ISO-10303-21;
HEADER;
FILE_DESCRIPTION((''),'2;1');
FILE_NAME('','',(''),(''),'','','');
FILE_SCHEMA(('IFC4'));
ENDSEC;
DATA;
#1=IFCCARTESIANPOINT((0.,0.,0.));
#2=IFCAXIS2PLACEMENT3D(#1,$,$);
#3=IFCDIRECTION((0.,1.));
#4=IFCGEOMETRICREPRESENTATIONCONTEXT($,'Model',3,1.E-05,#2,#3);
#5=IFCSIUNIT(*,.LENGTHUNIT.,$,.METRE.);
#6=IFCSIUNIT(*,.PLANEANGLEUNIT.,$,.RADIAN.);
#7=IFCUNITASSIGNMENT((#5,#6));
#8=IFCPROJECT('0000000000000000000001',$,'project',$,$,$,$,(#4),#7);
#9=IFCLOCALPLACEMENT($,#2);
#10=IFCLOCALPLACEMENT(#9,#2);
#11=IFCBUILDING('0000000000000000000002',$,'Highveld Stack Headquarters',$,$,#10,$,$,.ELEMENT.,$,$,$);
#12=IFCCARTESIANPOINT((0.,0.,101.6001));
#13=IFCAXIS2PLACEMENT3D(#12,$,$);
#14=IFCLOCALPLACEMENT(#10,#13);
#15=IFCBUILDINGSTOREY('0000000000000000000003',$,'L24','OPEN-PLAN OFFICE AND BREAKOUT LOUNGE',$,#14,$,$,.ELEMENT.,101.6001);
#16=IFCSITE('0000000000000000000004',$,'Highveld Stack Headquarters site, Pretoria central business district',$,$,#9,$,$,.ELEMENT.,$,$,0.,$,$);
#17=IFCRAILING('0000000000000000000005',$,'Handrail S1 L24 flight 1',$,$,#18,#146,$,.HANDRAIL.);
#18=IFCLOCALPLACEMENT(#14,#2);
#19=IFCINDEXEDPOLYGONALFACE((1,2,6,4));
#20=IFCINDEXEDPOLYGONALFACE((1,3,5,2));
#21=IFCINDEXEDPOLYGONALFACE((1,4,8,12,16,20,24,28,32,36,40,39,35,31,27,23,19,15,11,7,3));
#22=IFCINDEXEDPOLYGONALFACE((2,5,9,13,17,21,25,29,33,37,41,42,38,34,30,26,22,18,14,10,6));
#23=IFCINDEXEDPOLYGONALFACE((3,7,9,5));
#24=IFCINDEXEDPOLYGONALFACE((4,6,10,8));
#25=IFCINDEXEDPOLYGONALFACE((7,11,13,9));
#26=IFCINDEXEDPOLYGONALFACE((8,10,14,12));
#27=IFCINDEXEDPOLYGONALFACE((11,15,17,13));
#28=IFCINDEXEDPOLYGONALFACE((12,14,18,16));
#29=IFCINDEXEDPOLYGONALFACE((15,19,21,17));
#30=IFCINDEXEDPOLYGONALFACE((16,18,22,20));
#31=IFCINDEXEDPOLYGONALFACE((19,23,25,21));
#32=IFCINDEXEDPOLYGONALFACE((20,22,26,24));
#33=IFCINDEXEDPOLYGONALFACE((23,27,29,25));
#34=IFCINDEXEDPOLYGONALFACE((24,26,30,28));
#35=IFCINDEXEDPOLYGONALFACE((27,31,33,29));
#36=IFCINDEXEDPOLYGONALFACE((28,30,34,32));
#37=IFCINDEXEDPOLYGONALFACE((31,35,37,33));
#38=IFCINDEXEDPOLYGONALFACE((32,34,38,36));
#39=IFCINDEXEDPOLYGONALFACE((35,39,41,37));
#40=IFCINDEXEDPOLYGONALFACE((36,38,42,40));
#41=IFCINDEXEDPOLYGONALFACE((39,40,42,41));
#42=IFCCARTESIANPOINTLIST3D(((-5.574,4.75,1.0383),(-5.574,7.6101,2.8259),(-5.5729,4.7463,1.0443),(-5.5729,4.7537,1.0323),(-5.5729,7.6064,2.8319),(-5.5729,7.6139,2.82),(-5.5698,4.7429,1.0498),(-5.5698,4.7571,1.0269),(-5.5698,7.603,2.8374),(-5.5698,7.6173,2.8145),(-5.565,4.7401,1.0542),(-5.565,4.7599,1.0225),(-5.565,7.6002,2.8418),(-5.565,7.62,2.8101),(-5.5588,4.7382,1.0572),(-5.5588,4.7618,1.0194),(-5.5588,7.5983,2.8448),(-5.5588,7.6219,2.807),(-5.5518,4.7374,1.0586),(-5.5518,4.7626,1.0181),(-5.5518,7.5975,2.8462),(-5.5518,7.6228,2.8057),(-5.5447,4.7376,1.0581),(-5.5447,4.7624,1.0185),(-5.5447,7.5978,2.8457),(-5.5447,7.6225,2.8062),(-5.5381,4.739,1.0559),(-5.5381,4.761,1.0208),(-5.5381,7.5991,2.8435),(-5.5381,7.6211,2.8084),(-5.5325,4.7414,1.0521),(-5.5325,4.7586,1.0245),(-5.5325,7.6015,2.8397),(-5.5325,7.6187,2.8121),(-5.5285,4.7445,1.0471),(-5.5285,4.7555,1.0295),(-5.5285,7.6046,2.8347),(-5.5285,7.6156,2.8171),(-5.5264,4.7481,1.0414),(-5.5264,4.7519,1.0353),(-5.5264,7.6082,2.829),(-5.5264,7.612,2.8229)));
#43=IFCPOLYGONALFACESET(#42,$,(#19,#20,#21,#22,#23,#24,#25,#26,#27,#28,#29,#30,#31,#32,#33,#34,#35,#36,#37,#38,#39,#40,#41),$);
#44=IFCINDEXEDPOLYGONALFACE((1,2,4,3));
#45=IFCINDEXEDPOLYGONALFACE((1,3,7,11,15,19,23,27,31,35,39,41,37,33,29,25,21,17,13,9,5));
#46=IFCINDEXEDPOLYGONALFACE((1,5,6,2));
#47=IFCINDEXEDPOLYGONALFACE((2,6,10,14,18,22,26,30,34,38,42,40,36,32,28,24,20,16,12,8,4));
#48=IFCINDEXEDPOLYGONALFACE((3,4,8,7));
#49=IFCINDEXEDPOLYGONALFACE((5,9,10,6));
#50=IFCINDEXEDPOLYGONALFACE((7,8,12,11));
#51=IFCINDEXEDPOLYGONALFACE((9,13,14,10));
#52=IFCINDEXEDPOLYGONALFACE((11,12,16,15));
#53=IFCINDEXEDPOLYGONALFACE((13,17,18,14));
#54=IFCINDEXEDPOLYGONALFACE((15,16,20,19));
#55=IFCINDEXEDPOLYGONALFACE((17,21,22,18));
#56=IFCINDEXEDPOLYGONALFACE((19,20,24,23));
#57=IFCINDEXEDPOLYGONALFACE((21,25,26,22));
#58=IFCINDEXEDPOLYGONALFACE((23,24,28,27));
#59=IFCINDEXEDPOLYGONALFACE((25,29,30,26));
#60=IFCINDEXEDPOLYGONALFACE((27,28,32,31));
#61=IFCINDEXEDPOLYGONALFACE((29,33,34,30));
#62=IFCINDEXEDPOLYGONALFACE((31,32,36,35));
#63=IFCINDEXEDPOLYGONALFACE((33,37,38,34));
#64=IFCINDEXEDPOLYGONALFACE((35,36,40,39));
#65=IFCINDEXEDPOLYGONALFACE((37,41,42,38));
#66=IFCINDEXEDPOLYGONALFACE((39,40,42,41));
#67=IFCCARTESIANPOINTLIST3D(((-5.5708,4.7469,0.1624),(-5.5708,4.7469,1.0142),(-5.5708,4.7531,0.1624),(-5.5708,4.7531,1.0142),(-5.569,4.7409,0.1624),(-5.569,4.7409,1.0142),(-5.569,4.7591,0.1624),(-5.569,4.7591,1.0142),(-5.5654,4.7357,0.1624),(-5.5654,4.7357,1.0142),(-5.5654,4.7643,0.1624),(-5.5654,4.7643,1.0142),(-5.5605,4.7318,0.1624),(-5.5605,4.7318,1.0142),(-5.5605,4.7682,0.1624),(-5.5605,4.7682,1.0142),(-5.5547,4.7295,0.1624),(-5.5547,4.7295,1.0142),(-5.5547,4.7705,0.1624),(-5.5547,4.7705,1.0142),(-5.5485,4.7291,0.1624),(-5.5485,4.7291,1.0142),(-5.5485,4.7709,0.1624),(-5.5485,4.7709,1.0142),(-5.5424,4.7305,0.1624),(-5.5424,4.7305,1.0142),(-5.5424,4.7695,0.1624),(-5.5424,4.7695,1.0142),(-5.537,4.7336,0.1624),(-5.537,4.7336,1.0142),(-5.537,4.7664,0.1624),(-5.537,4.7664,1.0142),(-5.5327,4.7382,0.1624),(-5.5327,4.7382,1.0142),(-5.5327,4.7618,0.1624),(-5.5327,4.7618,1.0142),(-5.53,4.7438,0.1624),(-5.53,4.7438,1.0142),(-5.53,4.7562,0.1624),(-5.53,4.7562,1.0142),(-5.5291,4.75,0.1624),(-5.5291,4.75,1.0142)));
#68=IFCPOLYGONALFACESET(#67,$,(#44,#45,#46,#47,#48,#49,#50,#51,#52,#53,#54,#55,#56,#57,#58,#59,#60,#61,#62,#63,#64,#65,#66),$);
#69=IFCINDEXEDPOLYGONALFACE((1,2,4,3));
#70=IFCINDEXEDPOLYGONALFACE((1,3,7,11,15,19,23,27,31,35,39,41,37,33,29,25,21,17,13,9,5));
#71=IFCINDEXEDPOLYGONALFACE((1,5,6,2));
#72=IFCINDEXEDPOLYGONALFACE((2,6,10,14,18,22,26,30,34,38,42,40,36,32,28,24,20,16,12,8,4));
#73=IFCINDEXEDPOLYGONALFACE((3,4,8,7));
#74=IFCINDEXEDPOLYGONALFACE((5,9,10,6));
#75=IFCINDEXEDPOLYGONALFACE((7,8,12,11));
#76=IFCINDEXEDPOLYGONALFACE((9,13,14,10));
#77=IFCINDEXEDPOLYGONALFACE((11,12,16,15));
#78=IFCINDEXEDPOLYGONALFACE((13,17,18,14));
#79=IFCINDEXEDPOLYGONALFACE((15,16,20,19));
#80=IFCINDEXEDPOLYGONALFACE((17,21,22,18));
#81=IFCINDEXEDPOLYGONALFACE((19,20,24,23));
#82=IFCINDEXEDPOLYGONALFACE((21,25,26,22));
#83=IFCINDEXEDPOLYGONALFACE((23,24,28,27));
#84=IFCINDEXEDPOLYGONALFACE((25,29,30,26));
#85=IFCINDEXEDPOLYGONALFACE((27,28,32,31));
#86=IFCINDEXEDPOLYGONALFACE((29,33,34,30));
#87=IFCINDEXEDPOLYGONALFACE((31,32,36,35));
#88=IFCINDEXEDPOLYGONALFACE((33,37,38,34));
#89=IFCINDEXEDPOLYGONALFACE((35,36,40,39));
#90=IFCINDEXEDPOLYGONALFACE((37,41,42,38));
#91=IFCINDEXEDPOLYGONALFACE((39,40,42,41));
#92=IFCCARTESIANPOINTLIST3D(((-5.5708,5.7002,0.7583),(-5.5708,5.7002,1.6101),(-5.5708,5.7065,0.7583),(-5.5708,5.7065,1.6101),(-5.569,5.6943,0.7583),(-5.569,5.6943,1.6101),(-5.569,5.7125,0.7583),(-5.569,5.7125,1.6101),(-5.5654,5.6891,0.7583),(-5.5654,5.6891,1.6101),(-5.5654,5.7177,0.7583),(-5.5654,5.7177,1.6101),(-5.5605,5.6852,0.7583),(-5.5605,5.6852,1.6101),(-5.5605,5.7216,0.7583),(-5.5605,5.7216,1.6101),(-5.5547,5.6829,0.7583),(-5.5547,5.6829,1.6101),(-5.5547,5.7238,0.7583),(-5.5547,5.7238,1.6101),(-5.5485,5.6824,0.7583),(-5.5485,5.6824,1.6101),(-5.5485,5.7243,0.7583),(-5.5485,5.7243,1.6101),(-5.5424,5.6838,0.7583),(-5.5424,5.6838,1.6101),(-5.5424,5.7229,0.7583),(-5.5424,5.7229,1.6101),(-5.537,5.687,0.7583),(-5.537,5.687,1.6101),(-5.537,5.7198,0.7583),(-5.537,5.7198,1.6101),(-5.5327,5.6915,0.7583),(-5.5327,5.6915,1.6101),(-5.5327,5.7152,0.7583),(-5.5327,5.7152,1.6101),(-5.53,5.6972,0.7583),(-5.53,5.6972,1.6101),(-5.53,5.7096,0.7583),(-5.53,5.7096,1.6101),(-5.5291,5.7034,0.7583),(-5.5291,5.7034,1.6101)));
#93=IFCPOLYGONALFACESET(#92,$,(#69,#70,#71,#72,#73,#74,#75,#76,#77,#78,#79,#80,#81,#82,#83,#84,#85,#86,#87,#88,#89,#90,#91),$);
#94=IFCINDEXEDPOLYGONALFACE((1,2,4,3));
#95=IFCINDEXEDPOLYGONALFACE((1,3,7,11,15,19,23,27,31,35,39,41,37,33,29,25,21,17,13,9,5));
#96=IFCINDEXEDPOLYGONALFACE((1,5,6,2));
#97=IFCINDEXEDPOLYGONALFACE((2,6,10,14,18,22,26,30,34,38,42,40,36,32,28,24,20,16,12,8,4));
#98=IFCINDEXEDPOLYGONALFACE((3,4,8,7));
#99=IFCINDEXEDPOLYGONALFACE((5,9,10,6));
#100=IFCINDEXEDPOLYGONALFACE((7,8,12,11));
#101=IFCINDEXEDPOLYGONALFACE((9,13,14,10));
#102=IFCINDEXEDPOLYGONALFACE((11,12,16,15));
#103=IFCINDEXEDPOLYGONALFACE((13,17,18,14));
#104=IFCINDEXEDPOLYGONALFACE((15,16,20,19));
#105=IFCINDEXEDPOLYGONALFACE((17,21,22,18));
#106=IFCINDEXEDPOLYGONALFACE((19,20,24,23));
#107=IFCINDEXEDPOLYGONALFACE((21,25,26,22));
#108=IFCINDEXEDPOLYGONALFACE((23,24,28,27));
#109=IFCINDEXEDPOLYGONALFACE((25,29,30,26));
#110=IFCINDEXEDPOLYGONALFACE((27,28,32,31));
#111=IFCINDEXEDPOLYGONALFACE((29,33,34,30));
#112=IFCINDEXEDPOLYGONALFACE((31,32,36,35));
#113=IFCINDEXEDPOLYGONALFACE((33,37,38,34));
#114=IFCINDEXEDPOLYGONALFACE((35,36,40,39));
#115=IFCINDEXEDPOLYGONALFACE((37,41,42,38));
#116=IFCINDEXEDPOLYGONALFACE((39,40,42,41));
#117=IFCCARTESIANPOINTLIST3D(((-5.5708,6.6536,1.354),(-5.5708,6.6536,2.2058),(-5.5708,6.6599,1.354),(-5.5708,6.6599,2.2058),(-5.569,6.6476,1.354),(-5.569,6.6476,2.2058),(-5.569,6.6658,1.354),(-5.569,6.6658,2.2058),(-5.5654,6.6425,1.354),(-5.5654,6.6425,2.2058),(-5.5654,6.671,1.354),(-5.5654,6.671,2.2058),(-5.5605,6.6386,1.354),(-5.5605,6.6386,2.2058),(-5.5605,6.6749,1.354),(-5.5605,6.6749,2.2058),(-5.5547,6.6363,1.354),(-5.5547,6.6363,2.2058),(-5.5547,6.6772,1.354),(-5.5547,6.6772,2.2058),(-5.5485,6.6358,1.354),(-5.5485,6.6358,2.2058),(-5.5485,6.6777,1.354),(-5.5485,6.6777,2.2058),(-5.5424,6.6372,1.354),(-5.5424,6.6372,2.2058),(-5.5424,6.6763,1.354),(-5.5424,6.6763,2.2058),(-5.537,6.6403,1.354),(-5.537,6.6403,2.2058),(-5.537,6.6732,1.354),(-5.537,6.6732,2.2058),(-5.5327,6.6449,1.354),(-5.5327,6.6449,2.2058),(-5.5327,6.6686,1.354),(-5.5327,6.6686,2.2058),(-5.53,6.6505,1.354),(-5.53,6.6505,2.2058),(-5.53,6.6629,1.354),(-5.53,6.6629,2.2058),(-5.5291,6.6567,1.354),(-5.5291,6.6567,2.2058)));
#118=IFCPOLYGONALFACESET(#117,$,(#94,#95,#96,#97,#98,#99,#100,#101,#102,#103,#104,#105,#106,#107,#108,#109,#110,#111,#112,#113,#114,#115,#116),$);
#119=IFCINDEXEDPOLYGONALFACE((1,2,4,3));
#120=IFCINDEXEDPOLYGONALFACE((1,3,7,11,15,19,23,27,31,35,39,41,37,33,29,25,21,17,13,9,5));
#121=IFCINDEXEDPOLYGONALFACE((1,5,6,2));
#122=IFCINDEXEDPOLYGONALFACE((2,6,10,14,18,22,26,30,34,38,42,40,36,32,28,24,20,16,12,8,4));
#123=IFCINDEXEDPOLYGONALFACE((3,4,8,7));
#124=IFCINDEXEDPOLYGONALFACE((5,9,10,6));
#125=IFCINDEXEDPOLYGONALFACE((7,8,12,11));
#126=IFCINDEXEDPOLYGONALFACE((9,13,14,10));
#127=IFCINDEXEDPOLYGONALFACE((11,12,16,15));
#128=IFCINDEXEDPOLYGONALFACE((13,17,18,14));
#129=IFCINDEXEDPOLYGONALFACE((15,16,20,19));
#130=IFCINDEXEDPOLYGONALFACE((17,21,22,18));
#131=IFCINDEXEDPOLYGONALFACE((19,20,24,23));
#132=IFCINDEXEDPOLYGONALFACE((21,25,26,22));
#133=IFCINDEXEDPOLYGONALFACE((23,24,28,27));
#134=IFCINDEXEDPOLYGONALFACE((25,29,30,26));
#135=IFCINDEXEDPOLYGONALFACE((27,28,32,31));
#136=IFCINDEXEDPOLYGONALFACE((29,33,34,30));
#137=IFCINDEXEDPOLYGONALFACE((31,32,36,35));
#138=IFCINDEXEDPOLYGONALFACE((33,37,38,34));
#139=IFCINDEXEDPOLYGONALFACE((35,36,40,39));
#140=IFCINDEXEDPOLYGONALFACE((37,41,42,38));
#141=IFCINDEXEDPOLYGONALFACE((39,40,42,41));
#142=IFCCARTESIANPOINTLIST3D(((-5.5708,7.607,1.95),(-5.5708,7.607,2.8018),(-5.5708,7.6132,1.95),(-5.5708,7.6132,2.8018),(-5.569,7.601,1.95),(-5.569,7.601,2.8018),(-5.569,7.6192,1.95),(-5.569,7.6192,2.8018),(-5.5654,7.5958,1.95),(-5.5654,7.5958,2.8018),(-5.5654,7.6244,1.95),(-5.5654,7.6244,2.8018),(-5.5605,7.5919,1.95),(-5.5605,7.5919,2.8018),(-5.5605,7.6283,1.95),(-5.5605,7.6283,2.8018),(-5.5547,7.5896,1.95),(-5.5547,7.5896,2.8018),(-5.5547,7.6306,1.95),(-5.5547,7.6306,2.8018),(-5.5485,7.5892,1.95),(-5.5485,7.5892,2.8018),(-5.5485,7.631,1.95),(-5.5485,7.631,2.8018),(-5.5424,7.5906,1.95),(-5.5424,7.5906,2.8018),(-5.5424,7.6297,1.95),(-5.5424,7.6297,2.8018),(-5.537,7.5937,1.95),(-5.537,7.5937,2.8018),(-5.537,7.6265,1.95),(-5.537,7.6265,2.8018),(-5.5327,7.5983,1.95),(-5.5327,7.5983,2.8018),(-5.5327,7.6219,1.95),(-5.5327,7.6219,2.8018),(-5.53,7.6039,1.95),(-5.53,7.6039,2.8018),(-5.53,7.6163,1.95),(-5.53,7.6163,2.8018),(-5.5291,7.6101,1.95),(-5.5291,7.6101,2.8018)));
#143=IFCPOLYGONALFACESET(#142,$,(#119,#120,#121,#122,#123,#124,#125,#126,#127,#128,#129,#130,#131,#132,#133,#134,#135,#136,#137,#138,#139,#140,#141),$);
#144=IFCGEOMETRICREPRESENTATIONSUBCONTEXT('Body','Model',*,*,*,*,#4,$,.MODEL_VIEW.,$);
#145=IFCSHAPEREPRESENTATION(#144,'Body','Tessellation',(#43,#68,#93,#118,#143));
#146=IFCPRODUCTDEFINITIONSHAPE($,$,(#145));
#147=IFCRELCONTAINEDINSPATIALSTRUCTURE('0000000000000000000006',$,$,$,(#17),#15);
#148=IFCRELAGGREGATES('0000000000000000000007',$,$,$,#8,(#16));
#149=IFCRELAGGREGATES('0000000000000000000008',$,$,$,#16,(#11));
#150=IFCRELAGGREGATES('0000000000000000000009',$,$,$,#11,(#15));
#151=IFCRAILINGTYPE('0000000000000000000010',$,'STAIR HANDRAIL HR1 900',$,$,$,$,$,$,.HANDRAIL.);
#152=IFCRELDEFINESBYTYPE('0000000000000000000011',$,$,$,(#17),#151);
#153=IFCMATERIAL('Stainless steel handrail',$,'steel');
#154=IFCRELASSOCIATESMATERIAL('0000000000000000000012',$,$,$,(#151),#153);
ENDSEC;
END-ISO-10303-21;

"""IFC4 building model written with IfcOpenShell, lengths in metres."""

from ifc_helpers import new_model, si_unit, direction, frame, origin, origin_2d, place, context, subcontext, project, spatial, circle, extrude, material, type_object, element, save


model = new_model("IFC4")

# Units and contexts
model_context = context("Model", 3, precision=1e-05, world=origin(), true_north=direction((0.0, 1.0)))
body_context = subcontext(model_context, "Body", "Model", "MODEL_VIEW")
ifc_project = project(units=[si_unit("LENGTHUNIT", "METRE"), si_unit("PLANEANGLEUNIT", "RADIAN")], contexts=[model_context])

# Site, building, storey
site_placement = place(None, origin())
site = spatial("IfcSite", under=ifc_project, at=site_placement, Name="Highveld Stack Headquarters site, Pretoria central business district", CompositionType="ELEMENT", RefElevation=0.0)
building_placement = place(site_placement, origin())
building = spatial("IfcBuilding", under=site, at=building_placement, Name="Highveld Stack Headquarters", CompositionType="ELEMENT")
storey_placement = place(building_placement, frame((0.0, 0.0, 101.6001)))
storey = spatial("IfcBuildingStorey", under=building, at=storey_placement, Name="L24", Description="OPEN-PLAN OFFICE AND BREAKOUT LOUNGE", CompositionType="ELEMENT", Elevation=101.6001)

# Railing
ifc_material_1 = material(Name="Stainless steel handrail", Category="steel")
railing_type = type_object("IfcRailingType", Name="STAIR HANDRAIL HR1 900", PredefinedType="HANDRAIL", material=ifc_material_1)
for number, where, name in (
    (1, (-5.55, 4.75, 0.1624), "Handrail S1 L24 flight 1"),
):
    element("IfcRailing", number, at=place(storey_placement, frame(where)), inside=storey, type_object=railing_type, Name=name, PredefinedType="HANDRAIL", context=body_context, shape_type="SweptSolid", body=[
        extrude(circle(Radius=0.0239, at=origin_2d()), frame((0.0, 0.0, 0.876), z_axis=(0.0, 0.847994, 0.530005), x_axis=(-1.0, 0.0, 0.0)), (0.0, 0.0, 1.0), 3.3728),
        extrude(circle(Radius=0.021, at=origin_2d()), origin(), (0.0, 0.0, 1.0), 0.8518),
        extrude(circle(Radius=0.021, at=origin_2d()), frame((0.0, 0.9534, 0.5959)), (0.0, 0.0, 1.0), 0.8518),
        extrude(circle(Radius=0.021, at=origin_2d()), frame((0.0, 1.9067, 1.1917)), (0.0, 0.0, 1.0), 0.8518),
        extrude(circle(Radius=0.021, at=origin_2d()), frame((0.0, 2.8601, 1.7876)), (0.0, 0.0, 1.0), 0.8518),
    ])

save(model, "model.ifc")
